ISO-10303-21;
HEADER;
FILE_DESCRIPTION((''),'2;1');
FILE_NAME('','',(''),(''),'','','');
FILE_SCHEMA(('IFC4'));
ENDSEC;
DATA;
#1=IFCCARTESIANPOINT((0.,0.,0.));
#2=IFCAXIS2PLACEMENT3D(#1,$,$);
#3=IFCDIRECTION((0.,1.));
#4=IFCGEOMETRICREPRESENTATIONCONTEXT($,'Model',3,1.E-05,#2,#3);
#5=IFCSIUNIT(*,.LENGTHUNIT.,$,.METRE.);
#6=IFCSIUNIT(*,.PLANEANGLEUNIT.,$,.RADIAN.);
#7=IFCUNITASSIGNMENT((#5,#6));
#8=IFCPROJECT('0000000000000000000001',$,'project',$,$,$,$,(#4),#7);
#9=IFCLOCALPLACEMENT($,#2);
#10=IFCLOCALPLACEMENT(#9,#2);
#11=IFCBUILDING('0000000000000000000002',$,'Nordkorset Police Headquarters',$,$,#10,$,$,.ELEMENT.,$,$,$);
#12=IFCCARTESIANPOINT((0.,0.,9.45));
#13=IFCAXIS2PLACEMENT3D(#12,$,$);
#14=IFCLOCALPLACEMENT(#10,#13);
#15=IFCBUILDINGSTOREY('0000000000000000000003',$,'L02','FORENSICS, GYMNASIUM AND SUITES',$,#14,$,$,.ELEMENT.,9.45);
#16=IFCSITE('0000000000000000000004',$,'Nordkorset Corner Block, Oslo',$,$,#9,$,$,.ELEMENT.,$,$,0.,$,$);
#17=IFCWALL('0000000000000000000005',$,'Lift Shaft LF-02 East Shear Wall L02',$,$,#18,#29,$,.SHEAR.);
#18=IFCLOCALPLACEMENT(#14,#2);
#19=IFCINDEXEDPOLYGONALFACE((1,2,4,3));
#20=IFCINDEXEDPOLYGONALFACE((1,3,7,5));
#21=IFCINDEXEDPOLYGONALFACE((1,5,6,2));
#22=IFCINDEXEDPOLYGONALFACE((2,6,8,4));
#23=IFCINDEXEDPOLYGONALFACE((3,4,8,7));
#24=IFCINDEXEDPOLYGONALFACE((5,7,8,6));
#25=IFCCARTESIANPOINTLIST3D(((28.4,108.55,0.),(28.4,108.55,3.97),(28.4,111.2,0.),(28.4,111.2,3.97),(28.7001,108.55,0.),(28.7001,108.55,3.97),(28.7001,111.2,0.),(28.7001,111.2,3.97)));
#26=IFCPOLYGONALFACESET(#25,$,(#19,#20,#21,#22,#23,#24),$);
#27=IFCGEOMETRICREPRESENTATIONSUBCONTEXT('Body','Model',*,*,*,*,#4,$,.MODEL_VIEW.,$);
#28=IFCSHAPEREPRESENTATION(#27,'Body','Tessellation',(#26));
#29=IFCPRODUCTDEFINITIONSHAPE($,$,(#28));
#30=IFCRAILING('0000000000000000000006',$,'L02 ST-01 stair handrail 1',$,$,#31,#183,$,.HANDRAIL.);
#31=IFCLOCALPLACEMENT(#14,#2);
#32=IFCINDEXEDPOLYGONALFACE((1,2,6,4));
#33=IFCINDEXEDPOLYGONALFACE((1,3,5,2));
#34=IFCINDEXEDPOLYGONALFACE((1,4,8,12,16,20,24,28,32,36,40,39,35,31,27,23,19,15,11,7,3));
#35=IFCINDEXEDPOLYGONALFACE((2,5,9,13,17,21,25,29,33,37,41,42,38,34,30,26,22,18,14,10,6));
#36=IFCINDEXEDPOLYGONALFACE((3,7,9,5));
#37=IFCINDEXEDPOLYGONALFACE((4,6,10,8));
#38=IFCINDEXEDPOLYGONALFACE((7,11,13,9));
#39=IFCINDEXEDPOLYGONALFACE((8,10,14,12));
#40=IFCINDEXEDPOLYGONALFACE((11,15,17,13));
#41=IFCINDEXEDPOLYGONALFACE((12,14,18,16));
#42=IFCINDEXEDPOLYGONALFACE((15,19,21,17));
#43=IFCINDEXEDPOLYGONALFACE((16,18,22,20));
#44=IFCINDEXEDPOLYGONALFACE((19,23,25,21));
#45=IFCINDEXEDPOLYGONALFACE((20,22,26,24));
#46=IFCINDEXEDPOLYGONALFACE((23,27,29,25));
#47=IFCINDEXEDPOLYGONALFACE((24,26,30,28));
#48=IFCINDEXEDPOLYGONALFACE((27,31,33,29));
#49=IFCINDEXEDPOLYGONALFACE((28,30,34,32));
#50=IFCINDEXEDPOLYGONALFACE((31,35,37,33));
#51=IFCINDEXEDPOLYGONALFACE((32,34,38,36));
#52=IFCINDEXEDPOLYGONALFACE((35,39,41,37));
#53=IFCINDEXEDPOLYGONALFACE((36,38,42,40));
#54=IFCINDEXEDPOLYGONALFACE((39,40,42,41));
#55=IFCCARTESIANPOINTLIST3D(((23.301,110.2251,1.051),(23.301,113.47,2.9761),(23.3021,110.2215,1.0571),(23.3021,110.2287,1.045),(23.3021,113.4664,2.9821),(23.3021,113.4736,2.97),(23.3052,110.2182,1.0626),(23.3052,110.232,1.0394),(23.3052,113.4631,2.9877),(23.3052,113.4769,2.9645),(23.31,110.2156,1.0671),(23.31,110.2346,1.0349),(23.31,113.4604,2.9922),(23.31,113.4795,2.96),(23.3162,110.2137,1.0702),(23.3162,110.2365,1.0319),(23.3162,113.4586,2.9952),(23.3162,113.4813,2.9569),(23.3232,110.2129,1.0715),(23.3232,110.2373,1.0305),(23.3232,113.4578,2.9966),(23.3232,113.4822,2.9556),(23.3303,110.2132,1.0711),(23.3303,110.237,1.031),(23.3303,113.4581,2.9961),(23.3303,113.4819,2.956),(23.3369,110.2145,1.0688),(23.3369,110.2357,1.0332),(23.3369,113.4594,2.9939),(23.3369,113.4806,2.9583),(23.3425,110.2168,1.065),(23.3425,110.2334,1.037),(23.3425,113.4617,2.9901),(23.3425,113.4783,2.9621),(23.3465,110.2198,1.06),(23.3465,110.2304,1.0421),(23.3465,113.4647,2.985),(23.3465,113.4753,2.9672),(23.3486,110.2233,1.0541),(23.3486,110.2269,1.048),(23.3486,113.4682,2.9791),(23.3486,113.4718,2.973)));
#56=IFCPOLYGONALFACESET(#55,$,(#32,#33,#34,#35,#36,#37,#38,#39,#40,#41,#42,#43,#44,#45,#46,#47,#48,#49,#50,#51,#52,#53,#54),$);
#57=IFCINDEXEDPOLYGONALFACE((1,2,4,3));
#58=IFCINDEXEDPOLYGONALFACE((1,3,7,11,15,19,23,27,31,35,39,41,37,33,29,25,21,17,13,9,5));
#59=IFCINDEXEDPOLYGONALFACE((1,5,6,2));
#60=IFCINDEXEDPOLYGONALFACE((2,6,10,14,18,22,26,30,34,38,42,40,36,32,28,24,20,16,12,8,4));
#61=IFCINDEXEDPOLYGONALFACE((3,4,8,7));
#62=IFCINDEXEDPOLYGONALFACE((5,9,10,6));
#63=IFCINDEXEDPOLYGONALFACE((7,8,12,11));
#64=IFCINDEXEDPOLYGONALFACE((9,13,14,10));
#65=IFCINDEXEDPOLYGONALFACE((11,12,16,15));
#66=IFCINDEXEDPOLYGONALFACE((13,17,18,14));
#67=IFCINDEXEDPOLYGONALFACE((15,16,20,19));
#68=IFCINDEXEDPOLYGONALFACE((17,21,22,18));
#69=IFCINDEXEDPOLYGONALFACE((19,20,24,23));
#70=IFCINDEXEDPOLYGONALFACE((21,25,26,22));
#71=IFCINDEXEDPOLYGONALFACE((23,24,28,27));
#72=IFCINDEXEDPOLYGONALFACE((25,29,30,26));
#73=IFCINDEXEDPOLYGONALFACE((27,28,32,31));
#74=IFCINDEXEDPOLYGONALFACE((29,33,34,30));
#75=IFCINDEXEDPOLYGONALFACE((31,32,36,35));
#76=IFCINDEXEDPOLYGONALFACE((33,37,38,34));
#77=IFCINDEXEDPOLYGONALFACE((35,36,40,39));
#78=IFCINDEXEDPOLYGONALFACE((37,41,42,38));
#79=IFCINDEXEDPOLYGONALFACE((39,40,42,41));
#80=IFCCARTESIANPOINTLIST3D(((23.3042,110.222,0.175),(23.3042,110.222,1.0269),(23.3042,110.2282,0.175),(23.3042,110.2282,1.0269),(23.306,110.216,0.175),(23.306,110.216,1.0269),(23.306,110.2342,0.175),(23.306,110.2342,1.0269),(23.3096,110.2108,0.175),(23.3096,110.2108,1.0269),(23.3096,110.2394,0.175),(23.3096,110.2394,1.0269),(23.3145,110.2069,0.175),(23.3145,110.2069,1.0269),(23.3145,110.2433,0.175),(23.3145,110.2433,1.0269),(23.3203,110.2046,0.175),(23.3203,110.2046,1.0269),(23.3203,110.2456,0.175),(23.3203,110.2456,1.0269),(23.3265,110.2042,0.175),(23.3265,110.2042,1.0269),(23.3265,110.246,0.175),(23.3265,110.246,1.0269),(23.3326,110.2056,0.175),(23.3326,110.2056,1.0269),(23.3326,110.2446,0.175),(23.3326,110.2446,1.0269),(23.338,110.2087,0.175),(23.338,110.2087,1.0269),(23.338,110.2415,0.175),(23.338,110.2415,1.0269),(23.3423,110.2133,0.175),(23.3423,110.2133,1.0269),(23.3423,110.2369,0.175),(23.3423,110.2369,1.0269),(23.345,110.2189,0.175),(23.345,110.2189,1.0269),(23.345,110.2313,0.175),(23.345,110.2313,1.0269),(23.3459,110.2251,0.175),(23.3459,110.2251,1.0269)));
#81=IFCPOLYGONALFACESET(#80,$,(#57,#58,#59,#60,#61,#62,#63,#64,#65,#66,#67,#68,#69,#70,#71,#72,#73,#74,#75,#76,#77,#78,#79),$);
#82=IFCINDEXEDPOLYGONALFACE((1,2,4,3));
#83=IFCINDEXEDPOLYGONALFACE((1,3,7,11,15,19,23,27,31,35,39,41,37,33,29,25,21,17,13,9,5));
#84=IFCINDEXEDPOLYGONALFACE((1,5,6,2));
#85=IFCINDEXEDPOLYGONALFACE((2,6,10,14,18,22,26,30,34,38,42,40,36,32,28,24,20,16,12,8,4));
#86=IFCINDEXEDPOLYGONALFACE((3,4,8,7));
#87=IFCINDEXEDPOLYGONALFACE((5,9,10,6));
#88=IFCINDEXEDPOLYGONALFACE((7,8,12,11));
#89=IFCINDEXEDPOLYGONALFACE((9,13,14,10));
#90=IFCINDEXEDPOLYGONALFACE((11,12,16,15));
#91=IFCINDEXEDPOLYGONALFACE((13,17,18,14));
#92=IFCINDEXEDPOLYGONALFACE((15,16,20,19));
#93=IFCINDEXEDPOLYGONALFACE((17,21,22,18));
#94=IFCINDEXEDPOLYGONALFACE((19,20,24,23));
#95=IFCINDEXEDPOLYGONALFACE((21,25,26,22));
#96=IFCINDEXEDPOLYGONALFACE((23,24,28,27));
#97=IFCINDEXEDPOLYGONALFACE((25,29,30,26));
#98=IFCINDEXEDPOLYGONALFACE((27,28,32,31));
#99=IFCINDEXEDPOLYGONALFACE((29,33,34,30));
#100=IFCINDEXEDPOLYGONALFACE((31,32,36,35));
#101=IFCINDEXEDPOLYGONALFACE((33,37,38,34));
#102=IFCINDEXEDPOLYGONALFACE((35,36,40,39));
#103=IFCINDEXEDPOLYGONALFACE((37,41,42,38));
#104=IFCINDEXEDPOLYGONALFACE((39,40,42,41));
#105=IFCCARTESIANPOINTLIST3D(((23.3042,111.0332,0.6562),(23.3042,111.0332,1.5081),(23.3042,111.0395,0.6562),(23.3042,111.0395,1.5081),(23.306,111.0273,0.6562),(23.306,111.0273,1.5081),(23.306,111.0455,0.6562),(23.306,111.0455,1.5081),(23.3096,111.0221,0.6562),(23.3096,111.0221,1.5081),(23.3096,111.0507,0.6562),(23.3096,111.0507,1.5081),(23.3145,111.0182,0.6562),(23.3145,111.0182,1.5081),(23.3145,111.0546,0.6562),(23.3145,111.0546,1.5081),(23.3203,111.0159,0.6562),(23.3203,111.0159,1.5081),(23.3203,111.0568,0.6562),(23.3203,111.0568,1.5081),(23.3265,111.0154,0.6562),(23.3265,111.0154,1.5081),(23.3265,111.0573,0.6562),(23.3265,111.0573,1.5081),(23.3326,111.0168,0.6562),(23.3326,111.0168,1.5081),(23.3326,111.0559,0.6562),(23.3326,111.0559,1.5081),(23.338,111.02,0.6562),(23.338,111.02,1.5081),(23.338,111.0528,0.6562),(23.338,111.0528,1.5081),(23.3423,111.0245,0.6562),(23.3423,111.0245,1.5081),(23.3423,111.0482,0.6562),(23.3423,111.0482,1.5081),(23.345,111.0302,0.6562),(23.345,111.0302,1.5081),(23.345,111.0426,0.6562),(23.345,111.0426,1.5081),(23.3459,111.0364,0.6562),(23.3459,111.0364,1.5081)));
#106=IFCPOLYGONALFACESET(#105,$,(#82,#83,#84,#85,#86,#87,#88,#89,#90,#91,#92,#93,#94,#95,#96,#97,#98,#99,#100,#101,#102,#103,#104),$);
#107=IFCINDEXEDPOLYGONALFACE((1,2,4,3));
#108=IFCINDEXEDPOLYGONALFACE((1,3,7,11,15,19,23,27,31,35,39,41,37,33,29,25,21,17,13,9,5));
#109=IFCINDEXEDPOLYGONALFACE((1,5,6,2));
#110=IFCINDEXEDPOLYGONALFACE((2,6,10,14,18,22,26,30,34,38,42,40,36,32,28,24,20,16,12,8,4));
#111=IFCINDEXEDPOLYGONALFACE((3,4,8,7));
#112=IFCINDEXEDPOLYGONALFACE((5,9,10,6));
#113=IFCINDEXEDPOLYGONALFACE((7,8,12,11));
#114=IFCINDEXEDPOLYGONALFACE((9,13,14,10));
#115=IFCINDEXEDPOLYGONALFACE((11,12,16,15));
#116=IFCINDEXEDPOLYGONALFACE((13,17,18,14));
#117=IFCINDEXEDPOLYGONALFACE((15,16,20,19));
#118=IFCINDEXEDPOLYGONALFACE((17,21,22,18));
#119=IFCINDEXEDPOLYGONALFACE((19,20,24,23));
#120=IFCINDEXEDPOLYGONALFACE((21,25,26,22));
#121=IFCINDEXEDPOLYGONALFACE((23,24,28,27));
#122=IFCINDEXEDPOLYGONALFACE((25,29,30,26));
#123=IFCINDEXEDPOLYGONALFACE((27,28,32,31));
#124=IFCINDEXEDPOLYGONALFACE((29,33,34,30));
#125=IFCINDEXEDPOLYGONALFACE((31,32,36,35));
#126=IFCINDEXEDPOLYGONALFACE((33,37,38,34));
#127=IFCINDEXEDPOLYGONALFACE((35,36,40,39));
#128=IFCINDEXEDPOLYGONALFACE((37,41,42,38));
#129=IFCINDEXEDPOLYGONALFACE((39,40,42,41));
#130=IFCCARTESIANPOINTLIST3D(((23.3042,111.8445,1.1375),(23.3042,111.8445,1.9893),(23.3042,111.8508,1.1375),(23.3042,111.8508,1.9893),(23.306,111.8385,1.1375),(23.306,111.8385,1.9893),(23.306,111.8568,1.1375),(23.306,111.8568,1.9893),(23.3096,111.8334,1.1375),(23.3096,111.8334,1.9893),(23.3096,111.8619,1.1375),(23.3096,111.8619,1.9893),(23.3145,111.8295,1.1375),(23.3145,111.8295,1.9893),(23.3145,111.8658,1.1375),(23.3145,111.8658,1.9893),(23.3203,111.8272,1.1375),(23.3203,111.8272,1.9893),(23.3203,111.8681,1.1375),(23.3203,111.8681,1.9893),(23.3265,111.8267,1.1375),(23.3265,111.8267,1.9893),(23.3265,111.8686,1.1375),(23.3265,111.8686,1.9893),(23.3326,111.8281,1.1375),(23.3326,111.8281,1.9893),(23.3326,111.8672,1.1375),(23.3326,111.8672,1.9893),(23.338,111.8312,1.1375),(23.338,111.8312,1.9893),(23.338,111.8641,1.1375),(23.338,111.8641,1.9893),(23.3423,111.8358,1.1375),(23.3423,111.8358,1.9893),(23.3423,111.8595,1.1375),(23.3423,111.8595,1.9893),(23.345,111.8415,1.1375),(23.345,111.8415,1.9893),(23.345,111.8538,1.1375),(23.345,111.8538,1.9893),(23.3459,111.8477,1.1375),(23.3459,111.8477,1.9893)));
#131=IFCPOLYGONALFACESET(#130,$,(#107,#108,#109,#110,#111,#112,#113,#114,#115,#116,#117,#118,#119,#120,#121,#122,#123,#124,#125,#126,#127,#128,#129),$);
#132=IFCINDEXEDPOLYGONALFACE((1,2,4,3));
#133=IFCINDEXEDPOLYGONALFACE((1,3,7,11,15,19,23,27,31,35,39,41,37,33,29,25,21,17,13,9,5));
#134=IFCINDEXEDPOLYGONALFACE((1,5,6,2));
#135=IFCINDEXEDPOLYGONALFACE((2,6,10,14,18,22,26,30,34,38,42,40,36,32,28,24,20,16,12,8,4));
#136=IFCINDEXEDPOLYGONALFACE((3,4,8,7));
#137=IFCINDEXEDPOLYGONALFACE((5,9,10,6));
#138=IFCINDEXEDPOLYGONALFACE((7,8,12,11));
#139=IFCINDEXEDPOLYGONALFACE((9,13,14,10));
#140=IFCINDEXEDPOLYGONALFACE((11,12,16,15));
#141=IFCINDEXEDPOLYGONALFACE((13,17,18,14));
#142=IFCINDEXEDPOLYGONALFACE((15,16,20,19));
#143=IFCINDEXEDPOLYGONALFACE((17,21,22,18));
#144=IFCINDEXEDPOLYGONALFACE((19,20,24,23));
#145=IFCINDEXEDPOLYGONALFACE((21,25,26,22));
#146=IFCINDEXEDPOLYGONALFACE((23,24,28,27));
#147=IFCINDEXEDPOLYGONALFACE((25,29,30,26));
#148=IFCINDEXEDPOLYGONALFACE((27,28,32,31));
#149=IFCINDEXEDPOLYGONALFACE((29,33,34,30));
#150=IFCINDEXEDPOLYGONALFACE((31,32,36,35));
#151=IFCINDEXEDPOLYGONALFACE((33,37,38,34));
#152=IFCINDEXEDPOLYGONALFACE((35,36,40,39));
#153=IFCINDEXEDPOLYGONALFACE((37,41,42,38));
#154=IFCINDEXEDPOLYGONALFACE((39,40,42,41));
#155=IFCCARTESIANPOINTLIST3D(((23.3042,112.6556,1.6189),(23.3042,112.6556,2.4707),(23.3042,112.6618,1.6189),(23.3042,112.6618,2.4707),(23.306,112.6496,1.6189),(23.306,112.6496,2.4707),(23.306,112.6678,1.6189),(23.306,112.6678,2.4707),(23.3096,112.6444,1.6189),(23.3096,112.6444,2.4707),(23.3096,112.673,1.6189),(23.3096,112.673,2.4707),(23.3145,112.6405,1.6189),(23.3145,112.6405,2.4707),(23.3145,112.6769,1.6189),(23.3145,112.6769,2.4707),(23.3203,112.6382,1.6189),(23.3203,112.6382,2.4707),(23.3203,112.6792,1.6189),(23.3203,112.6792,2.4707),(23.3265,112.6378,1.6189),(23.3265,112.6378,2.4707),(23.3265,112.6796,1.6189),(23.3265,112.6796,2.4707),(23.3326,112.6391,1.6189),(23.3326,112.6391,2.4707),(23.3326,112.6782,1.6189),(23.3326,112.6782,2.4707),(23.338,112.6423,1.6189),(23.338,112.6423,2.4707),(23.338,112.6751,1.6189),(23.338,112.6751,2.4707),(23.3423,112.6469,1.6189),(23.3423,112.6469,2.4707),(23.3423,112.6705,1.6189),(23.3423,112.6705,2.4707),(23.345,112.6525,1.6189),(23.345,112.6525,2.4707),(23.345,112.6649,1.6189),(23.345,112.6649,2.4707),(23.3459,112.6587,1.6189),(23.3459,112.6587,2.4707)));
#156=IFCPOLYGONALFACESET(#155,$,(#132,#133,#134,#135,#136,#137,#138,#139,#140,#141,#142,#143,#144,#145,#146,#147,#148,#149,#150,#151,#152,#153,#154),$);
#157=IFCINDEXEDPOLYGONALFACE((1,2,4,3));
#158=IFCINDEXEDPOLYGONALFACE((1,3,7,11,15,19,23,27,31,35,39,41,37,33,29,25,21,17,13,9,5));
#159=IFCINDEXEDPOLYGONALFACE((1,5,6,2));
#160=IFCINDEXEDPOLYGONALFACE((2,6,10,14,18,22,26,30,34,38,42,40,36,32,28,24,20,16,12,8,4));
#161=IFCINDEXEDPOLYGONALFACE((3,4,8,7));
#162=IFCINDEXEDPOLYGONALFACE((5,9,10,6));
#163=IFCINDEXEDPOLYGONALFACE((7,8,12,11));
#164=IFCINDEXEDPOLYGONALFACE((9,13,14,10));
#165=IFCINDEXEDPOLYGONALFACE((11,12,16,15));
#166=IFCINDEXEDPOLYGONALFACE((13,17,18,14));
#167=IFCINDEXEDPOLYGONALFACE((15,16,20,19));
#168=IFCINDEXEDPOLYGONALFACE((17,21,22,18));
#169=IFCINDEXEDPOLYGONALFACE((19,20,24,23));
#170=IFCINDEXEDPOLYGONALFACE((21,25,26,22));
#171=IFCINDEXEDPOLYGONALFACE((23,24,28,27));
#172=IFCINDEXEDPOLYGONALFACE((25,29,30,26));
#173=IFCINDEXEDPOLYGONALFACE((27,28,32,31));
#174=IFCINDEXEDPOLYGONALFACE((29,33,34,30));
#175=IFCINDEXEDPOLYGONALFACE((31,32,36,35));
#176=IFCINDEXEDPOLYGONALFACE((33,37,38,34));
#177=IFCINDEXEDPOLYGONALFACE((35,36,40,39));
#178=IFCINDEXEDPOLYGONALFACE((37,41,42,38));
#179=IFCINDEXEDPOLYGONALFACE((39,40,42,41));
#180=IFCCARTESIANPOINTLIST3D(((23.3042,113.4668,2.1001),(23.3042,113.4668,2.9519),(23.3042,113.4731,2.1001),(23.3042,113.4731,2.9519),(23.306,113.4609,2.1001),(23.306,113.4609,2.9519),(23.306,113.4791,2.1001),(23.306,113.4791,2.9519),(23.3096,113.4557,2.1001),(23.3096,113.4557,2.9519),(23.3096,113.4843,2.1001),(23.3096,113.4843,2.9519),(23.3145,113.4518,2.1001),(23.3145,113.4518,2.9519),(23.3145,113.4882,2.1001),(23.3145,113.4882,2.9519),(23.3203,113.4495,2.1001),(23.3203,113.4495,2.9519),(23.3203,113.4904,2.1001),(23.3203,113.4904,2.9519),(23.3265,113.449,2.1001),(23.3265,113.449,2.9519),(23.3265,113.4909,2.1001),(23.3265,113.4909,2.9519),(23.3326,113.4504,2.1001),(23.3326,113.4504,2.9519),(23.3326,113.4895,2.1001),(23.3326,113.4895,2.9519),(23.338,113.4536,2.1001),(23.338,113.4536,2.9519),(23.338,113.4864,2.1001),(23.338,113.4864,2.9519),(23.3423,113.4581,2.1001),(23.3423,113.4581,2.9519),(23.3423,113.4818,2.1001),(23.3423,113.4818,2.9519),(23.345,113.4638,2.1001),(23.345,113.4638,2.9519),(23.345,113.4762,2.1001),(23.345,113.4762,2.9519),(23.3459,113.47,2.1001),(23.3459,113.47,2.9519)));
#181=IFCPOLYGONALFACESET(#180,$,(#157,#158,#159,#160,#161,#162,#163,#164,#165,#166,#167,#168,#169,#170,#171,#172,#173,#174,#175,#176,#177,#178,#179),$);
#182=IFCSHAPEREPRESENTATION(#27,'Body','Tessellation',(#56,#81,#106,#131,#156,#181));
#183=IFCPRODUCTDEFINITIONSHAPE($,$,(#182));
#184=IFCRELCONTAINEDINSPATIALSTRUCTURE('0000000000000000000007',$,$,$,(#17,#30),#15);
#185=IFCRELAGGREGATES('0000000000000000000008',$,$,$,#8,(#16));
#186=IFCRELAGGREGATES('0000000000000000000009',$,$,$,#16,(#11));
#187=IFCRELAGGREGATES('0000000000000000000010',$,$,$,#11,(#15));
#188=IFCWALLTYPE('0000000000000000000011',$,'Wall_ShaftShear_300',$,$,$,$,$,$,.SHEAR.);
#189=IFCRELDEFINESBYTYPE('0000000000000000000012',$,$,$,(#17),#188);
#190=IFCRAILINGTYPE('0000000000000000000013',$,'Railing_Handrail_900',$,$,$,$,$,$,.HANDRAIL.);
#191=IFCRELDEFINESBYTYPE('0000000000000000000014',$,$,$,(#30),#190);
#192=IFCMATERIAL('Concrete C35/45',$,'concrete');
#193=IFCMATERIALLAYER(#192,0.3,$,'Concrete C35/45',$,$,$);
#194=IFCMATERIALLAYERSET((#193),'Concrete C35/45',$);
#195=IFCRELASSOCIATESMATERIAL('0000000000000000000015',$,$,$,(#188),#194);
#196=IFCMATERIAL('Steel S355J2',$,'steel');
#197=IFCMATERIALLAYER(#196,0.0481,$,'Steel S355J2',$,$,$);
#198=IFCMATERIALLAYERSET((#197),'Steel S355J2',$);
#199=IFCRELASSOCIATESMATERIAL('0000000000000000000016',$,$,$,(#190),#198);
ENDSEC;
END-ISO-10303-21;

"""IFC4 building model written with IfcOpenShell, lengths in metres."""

from ifc_helpers import new_model, si_unit, direction, frame, frame_2d, origin, origin_2d, place, context, subcontext, project, spatial, rectangle, circle, extrude, material, layer, layer_set, type_object, element, save


model = new_model("IFC4")

# Units and contexts
model_context = context("Model", 3, precision=1e-05, world=origin(), true_north=direction((0.0, 1.0)))
body_context = subcontext(model_context, "Body", "Model", "MODEL_VIEW")
ifc_project = project(units=[si_unit("LENGTHUNIT", "METRE"), si_unit("PLANEANGLEUNIT", "RADIAN")], contexts=[model_context])

# Site, building, storey
site_placement = place(None, origin())
site = spatial("IfcSite", under=ifc_project, at=site_placement, Name="Nordkorset Corner Block, Oslo", CompositionType="ELEMENT", RefElevation=0.0)
building_placement = place(site_placement, origin())
building = spatial("IfcBuilding", under=site, at=building_placement, Name="Nordkorset Police Headquarters", CompositionType="ELEMENT")
storey_placement = place(building_placement, frame((0.0, 0.0, 9.45)))
storey = spatial("IfcBuildingStorey", under=building, at=storey_placement, Name="L02", Description="FORENSICS, GYMNASIUM AND SUITES", CompositionType="ELEMENT", Elevation=9.45)

# Shared definitions
ifc_material_1 = material(Name="Concrete C35/45", Category="concrete")
ifc_layer_1 = layer(ifc_material_1, 0.3, Name="Concrete C35/45")
ifc_layer_set_1 = layer_set([ifc_layer_1], Name="Concrete C35/45")
wall_type_1 = type_object("IfcWallType", Name="Wall_ShaftShear_300", PredefinedType="SHEAR", material=ifc_layer_set_1)

# Wall
wall_1_placement = place(storey_placement, frame((28.55, 108.55, 0.0), z_axis=(0.0, 0.0, 1.0), x_axis=(0.0, 1.0, 0.0)))
element("IfcWall", 1, at=wall_1_placement, inside=storey, type_object=wall_type_1, Name="Lift Shaft LF-02 East Shear Wall L02", PredefinedType="SHEAR", context=body_context, shape_type="SweptSolid", body=[
    extrude(rectangle(XDim=2.6499, YDim=0.3, at=frame_2d((1.325, 0.0))), origin(), (0.0, 0.0, 1.0), 3.97),
])

# Railing
ifc_material_2 = material(Name="Steel S355J2", Category="steel")
ifc_layer_2 = layer(ifc_material_2, 0.0481, Name="Steel S355J2")
ifc_layer_set_2 = layer_set([ifc_layer_2], Name="Steel S355J2")
railing_type = type_object("IfcRailingType", Name="Railing_Handrail_900", PredefinedType="HANDRAIL", material=ifc_layer_set_2)
railing_placement = place(storey_placement, frame((23.325, 110.2251, 0.175)))
element("IfcRailing", 2, at=railing_placement, inside=storey, type_object=railing_type, Name="L02 ST-01 stair handrail 1", PredefinedType="HANDRAIL", context=body_context, shape_type="SweptSolid", body=[
    extrude(circle(Radius=0.0239, at=origin_2d()), frame((0.0, 0.0, 0.876), z_axis=(0.0, 0.86004, 0.510226), x_axis=(-1.0, 0.0, 0.0)), (0.0, 0.0, 1.0), 3.7729),
    extrude(circle(Radius=0.021, at=origin_2d()), origin(), (0.0, 0.0, 1.0), 0.8518),
    extrude(circle(Radius=0.021, at=origin_2d()), frame((0.0, 0.8113, 0.4812)), (0.0, 0.0, 1.0), 0.8518),
    extrude(circle(Radius=0.021, at=origin_2d()), frame((0.0, 1.6226, 0.9624)), (0.0, 0.0, 1.0), 0.8518),
    extrude(circle(Radius=0.021, at=origin_2d()), frame((0.0, 2.4336, 1.4438)), (0.0, 0.0, 1.0), 0.8518),
    extrude(circle(Radius=0.021, at=origin_2d()), frame((0.0, 3.2449, 1.925)), (0.0, 0.0, 1.0), 0.8518),
])

save(model, "model.ifc")
